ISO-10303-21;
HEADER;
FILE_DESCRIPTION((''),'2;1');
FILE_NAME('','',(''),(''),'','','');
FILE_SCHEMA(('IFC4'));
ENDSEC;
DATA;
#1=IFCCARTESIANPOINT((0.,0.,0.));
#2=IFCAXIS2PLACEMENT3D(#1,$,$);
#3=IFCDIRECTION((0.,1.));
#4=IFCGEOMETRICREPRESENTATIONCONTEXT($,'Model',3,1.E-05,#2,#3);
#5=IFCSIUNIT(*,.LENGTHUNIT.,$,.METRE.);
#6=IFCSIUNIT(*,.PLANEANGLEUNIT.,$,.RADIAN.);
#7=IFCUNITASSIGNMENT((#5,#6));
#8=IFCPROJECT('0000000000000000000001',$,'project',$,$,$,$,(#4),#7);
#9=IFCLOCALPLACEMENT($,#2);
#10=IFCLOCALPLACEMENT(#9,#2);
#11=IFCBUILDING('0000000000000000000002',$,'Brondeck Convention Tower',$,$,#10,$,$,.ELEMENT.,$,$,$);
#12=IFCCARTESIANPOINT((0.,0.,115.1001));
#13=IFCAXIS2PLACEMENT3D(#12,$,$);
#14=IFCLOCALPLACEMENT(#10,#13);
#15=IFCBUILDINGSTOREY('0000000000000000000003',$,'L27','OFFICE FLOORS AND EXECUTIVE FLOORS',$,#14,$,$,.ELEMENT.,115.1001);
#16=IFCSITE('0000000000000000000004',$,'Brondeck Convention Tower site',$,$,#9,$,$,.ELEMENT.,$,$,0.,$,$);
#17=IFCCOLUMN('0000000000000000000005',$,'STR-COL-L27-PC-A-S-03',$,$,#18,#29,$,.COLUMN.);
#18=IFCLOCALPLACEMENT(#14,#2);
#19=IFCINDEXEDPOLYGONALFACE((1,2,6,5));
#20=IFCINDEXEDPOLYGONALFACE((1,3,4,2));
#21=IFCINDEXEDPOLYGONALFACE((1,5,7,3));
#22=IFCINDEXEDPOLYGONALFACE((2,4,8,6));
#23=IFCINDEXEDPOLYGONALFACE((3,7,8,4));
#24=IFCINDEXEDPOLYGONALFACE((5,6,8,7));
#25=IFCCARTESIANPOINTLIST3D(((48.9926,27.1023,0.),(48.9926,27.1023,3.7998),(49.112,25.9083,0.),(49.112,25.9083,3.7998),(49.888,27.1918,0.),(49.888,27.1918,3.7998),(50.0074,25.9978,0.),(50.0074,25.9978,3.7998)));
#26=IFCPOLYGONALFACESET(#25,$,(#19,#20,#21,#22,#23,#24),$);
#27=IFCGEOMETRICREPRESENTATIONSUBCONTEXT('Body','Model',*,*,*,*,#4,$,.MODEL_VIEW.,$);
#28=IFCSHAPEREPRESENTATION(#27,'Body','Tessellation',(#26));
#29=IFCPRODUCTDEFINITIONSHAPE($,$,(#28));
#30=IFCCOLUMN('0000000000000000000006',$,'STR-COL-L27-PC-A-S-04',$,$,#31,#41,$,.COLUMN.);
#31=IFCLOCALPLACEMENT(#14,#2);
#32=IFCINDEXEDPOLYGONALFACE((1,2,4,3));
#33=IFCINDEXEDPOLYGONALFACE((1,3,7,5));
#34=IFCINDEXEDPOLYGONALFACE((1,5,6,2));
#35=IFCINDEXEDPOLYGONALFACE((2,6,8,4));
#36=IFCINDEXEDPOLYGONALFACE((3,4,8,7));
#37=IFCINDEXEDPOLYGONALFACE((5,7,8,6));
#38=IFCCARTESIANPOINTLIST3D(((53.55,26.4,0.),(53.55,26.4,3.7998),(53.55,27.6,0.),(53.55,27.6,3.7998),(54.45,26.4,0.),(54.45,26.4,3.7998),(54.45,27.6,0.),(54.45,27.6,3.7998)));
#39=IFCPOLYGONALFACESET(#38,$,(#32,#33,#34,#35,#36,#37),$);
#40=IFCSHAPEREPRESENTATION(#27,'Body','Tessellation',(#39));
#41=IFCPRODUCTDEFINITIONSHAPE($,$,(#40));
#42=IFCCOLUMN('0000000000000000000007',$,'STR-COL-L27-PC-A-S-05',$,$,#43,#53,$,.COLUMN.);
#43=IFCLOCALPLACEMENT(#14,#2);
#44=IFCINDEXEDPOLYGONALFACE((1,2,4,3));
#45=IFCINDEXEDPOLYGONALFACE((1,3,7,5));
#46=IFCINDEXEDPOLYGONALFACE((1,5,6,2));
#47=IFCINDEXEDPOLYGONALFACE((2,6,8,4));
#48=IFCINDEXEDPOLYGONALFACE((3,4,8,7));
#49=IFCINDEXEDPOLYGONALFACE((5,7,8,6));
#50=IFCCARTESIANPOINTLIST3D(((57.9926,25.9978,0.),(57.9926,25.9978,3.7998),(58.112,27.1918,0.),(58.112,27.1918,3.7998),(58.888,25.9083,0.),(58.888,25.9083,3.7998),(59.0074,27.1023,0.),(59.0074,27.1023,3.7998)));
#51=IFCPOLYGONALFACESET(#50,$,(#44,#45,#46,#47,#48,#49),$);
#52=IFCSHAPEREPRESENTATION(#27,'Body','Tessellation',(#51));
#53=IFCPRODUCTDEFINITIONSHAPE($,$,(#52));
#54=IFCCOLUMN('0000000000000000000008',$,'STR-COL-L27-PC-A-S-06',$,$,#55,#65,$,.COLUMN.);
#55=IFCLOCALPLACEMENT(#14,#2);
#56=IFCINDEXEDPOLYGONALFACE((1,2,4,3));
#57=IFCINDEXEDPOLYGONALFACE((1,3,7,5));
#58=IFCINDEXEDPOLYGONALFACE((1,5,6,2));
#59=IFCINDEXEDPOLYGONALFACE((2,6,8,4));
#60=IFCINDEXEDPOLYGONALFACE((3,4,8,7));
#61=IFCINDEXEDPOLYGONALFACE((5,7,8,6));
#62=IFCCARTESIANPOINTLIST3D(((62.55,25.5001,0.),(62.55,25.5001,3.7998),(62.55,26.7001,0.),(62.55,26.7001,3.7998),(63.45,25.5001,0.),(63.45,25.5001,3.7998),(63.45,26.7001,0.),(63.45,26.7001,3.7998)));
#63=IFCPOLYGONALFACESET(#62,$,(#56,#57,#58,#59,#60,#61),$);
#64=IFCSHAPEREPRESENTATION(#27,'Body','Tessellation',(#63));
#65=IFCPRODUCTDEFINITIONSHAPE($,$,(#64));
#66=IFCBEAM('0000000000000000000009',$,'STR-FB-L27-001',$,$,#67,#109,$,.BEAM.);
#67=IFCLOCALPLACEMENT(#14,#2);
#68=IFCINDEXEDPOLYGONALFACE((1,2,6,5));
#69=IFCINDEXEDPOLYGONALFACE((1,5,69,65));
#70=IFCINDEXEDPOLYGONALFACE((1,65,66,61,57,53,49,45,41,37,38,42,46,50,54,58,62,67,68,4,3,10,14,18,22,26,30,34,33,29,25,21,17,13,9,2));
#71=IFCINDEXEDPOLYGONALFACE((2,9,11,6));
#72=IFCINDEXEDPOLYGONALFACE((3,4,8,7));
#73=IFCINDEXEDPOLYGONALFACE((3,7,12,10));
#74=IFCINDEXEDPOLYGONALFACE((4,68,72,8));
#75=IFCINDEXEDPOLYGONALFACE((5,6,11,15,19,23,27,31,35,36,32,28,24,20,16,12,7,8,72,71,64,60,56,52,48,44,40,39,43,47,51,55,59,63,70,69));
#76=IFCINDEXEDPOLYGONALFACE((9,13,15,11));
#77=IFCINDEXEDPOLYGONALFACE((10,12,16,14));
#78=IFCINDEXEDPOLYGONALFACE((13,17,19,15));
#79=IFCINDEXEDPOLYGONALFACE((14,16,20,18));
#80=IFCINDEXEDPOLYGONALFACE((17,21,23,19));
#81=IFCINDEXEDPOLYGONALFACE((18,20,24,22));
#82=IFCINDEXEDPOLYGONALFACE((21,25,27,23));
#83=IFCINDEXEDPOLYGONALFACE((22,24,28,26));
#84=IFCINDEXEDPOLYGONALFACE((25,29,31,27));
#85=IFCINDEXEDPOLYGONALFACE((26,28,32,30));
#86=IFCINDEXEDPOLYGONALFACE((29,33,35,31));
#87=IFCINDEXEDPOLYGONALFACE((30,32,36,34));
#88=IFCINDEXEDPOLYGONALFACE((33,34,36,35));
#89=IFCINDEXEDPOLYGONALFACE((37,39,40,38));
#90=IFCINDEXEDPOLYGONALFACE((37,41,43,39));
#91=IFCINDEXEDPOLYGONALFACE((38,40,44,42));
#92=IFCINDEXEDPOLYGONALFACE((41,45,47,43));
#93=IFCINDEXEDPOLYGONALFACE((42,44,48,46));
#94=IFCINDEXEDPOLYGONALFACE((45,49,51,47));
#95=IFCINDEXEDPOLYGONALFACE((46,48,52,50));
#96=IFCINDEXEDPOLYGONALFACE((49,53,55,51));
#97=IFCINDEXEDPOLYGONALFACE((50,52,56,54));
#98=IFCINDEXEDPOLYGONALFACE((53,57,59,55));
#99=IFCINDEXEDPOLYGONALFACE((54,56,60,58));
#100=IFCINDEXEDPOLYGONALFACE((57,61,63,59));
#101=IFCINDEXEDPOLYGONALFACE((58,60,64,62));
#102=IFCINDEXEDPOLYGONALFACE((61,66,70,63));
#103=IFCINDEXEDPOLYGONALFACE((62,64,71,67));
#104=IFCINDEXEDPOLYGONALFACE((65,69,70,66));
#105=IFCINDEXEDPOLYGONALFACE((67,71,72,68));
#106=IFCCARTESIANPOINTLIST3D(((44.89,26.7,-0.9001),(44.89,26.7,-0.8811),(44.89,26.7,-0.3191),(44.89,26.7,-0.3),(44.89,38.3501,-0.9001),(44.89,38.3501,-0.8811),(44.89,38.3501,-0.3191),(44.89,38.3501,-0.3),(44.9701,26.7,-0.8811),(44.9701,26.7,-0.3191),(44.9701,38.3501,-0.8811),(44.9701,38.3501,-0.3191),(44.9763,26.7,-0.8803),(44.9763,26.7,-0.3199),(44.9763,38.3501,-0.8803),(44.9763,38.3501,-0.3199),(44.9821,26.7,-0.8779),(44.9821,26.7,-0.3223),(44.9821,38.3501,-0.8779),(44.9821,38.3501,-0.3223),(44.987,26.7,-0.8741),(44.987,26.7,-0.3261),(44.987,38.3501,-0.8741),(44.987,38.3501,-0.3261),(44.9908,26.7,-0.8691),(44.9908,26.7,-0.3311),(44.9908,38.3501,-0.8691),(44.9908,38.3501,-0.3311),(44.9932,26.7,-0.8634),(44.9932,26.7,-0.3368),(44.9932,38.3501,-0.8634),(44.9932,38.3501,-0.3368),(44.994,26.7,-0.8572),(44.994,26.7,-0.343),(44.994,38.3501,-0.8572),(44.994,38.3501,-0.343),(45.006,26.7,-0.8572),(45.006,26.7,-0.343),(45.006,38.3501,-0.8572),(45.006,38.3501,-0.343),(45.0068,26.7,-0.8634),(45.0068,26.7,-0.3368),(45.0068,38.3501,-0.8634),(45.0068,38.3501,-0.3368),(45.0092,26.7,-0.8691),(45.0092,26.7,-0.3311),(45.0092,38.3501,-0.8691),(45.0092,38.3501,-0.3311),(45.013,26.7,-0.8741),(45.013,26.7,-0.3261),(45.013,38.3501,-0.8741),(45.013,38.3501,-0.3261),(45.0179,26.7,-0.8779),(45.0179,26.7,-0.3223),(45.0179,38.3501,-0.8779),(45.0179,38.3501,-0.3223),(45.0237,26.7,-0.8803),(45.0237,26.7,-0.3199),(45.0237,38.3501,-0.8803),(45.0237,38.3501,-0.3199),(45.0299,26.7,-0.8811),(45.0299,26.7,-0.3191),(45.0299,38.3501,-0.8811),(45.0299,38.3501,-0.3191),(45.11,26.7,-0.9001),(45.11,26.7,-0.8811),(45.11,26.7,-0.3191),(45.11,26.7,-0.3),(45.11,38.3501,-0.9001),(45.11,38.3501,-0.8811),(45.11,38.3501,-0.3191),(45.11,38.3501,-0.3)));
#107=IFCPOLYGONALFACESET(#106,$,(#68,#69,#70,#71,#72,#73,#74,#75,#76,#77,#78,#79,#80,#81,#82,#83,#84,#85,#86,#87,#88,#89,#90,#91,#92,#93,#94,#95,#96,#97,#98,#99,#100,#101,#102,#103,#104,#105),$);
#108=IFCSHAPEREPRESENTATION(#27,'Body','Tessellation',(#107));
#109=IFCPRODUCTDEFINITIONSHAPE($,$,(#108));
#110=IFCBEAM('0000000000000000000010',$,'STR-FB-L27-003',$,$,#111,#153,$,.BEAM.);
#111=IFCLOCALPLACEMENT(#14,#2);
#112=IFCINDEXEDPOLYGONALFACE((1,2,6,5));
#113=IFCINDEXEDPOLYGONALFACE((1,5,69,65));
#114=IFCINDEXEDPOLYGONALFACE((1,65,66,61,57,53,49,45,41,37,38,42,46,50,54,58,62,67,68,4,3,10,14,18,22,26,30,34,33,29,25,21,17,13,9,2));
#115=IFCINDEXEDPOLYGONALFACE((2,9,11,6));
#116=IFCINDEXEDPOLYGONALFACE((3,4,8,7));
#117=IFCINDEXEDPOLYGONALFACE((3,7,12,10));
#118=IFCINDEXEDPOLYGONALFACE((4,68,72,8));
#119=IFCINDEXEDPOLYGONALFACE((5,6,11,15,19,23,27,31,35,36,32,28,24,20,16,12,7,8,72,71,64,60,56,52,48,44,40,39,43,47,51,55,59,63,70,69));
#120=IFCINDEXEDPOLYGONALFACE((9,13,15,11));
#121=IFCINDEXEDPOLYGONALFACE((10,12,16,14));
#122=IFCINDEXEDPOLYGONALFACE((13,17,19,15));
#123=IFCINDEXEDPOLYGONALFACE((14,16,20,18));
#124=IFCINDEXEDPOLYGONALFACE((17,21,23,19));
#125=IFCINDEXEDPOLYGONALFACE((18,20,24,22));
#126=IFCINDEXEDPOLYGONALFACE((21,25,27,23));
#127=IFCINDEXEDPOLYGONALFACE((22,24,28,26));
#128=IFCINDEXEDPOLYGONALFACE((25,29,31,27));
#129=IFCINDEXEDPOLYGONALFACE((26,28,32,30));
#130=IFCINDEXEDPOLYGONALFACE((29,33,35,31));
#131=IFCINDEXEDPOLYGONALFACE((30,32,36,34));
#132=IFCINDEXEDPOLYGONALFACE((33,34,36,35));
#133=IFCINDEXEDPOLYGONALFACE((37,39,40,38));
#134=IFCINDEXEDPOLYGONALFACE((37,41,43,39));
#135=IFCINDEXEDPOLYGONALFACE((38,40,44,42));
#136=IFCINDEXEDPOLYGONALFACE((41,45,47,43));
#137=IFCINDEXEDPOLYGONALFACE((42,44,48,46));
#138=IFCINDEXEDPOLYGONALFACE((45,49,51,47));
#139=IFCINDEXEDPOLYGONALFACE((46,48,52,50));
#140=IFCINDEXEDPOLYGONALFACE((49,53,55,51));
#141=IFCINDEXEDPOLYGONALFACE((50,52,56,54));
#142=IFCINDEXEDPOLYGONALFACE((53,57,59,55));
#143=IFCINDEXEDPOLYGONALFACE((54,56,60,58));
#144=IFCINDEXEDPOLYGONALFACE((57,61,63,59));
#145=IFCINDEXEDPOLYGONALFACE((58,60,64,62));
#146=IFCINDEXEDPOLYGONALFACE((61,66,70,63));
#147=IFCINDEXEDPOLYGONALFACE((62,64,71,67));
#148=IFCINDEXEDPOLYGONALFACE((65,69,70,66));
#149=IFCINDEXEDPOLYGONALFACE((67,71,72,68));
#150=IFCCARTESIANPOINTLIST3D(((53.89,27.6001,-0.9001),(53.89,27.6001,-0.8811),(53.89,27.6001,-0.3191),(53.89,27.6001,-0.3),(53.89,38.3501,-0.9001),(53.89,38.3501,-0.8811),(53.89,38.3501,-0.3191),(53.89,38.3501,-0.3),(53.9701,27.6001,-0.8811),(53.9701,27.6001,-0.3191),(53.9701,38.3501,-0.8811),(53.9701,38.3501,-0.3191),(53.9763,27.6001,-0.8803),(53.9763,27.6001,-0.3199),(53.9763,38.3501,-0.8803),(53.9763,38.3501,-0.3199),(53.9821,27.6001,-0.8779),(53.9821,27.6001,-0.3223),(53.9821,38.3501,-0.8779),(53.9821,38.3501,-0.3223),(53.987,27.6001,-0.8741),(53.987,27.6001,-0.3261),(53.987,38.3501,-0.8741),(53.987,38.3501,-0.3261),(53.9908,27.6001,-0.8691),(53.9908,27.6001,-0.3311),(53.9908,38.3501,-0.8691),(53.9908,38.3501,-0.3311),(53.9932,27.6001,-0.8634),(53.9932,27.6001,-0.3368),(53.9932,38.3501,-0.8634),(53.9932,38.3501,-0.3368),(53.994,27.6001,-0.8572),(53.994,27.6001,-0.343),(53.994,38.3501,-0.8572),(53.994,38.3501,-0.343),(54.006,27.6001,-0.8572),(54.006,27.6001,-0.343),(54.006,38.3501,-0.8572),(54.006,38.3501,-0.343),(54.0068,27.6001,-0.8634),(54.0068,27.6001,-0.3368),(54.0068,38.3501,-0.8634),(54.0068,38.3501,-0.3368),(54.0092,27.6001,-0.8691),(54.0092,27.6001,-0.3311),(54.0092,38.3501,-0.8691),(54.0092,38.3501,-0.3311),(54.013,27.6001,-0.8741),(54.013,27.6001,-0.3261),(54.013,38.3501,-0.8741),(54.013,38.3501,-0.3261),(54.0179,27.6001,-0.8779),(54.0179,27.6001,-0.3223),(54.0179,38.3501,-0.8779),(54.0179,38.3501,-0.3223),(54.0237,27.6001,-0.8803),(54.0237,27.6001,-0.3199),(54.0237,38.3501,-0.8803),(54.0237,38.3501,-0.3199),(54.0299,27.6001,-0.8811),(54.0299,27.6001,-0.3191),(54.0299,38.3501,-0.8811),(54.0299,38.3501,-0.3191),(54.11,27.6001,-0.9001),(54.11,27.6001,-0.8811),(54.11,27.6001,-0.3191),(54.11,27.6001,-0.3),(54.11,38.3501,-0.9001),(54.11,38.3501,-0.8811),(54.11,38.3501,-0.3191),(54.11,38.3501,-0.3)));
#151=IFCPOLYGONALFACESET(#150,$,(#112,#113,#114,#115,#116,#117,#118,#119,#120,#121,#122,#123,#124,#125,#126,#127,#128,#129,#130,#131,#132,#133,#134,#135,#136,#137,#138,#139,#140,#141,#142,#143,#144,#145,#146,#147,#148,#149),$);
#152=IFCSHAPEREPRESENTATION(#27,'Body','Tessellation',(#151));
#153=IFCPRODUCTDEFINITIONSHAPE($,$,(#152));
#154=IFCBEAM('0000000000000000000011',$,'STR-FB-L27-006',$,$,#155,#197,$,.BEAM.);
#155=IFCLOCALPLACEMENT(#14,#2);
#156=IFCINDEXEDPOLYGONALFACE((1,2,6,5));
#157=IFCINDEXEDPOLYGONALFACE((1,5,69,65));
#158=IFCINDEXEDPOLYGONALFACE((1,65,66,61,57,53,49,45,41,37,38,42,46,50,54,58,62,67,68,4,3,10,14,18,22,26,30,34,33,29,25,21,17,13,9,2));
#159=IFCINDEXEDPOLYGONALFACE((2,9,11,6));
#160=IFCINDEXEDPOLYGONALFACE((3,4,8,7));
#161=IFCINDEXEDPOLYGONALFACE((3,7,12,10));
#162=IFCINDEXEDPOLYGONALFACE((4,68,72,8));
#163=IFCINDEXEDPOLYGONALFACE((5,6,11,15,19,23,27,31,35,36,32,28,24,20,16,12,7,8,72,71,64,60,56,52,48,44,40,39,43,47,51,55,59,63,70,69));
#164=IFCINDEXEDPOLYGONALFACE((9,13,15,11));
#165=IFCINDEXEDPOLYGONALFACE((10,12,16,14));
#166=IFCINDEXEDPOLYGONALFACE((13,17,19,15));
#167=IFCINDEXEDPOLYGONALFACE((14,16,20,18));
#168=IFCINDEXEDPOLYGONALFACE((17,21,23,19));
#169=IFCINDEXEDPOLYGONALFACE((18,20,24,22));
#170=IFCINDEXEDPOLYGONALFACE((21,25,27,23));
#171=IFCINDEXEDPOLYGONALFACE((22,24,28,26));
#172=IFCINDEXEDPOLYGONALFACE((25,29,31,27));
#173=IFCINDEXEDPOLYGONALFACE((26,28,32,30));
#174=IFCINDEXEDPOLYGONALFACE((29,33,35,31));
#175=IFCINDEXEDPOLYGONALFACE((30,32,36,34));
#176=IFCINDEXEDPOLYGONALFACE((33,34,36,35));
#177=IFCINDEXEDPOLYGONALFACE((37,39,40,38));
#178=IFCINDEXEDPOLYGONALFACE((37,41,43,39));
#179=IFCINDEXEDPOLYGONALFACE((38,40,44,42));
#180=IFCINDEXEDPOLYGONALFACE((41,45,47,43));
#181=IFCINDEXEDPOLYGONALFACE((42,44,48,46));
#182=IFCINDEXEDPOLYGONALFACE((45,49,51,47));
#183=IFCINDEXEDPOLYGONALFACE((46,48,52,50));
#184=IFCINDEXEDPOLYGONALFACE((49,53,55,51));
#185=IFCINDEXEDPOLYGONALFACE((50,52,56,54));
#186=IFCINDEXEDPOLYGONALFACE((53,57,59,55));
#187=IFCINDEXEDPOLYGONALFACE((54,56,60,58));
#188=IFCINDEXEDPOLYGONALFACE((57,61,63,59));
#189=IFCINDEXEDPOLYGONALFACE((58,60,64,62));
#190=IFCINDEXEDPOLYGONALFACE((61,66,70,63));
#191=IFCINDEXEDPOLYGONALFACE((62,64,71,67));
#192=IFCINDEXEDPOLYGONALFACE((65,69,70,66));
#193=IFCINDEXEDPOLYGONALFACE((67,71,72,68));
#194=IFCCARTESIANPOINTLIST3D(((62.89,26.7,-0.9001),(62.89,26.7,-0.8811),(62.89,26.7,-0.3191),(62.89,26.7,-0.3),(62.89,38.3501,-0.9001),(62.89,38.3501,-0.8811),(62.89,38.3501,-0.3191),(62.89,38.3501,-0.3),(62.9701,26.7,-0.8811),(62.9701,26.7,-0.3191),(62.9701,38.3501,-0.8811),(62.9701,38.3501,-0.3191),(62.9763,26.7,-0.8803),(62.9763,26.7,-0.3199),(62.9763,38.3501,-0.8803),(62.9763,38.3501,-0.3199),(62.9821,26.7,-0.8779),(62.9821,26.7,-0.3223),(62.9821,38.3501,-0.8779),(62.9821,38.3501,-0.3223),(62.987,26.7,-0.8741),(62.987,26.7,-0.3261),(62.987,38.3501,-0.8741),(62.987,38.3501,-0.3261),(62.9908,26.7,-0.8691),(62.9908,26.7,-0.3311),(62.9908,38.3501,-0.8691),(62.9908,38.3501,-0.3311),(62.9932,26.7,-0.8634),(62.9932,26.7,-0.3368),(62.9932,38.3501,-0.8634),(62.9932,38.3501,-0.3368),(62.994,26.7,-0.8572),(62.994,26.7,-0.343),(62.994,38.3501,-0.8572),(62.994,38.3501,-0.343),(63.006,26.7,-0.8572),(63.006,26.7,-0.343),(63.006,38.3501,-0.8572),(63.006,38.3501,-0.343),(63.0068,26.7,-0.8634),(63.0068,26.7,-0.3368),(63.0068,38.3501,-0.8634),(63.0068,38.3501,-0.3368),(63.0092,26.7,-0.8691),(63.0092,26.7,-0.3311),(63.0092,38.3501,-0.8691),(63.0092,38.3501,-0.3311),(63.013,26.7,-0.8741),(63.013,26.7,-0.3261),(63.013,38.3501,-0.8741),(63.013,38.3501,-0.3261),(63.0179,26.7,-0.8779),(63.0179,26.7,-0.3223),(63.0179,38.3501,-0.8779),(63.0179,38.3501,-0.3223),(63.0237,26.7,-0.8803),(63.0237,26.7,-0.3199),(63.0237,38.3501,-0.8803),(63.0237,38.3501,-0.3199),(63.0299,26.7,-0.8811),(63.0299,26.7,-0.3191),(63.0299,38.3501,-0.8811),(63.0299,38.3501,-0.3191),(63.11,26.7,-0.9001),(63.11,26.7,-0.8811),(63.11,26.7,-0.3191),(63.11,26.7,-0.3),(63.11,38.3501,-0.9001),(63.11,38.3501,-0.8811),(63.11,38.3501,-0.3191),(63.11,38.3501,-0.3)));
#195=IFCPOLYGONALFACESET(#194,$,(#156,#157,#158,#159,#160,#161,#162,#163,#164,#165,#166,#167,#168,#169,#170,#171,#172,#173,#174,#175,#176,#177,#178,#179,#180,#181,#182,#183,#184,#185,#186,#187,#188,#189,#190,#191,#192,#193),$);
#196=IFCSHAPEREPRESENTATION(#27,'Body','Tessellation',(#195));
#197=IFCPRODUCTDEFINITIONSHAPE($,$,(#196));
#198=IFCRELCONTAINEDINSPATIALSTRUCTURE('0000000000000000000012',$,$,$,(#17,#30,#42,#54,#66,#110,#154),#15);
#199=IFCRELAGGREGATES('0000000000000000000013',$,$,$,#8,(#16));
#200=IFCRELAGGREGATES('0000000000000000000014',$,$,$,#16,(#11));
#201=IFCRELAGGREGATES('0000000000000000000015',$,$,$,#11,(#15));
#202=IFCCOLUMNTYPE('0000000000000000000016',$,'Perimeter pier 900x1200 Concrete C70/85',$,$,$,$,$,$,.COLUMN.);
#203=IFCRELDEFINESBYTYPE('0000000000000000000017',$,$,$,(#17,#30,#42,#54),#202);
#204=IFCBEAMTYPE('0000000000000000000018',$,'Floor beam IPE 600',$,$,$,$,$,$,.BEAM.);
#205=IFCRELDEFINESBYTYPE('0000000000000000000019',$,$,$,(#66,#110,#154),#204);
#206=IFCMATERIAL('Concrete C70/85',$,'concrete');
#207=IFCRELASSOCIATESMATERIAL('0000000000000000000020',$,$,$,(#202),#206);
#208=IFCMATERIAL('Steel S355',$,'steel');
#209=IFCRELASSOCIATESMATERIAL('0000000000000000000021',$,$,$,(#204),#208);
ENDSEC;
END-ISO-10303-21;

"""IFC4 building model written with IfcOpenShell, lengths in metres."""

from ifc_helpers import new_model, si_unit, direction, frame, origin, origin_2d, place, context, subcontext, project, spatial, rectangle, i_section, extrude, material, material_profile, profile_set, type_object, element, save


model = new_model("IFC4")

# Units and contexts
model_context = context("Model", 3, precision=1e-05, world=origin(), true_north=direction((0.0, 1.0)))
body_context = subcontext(model_context, "Body", "Model", "MODEL_VIEW")
ifc_project = project(units=[si_unit("LENGTHUNIT", "METRE"), si_unit("PLANEANGLEUNIT", "RADIAN")], contexts=[model_context])

# Site, building, storey
site_placement = place(None, origin())
site = spatial("IfcSite", under=ifc_project, at=site_placement, Name="Brondeck Convention Tower site", CompositionType="ELEMENT", RefElevation=0.0)
building_placement = place(site_placement, origin())
building = spatial("IfcBuilding", under=site, at=building_placement, Name="Brondeck Convention Tower", CompositionType="ELEMENT")
storey_placement = place(building_placement, frame((0.0, 0.0, 115.1001)))
storey = spatial("IfcBuildingStorey", under=building, at=storey_placement, Name="L27", Description="OFFICE FLOORS AND EXECUTIVE FLOORS", CompositionType="ELEMENT", Elevation=115.1001)

# Columns
ifc_material_1 = material(Name="Concrete C70/85", Category="concrete")
ifc_material_profile_1 = material_profile(ifc_material_1, rectangle(XDim=0.8999, YDim=1.2, at=origin_2d()), Name="Perimeter pier 900x1200 Concrete C70/85")
ifc_profile_set_1 = profile_set([ifc_material_profile_1], Name="Concrete C70/85")
column_type = type_object("IfcColumnType", Name="Perimeter pier 900x1200 Concrete C70/85", PredefinedType="COLUMN", material=ifc_profile_set_1)
for number, where, z_axis, x_axis, name in (
    (1, (49.5, 26.55, 0.0), (0.0, 0.0, 1.0), (0.995037, 0.099504, 0.0), "STR-COL-L27-PC-A-S-03"),
    (2, (54.0, 27.0, 0.0), (0.0, 0.0, 1.0), (1.0, 0.0, 0.0), "STR-COL-L27-PC-A-S-04"),
    (3, (58.5, 26.55, 0.0), (0.0, 0.0, 1.0), (0.995037, -0.099504, 0.0), "STR-COL-L27-PC-A-S-05"),
    (4, (63.0, 26.1001, 0.0), (0.0, 0.0, 1.0), (1.0, 0.0, 0.0), "STR-COL-L27-PC-A-S-06"),
):
    element("IfcColumn", number, at=place(storey_placement, frame(where, z_axis=z_axis, x_axis=x_axis)), inside=storey, type_object=column_type, Name=name, PredefinedType="COLUMN", context=body_context, shape_type="SweptSolid", body=[
        extrude(rectangle(XDim=0.8999, YDim=1.2, at=origin_2d()), origin(), (0.0, 0.0, 1.0), 3.7998),
    ])

# Beams
ifc_material_2 = material(Name="Steel S355", Category="steel")
ifc_material_profile_2 = material_profile(ifc_material_2, i_section(OverallWidth=0.22, OverallDepth=0.6001, WebThickness=0.012, FlangeThickness=0.019, FilletRadius=0.0239, at=origin_2d()), Name="IPE 600")
ifc_profile_set_2 = profile_set([ifc_material_profile_2], Name="Steel S355")
beam_type_1 = type_object("IfcBeamType", Name="Floor beam IPE 600", PredefinedType="BEAM", material=ifc_profile_set_2)
beam_1_placement = place(storey_placement, frame((45.0, 26.7, -0.6001), z_axis=(0.0, 1.0, 0.0), x_axis=(-1.0, 0.0, 0.0)))
element("IfcBeam", 5, at=beam_1_placement, inside=storey, type_object=beam_type_1, Name="STR-FB-L27-001", PredefinedType="BEAM", context=body_context, shape_type="SweptSolid", body=[
    extrude(i_section(OverallWidth=0.22, OverallDepth=0.6001, WebThickness=0.012, FlangeThickness=0.019, FilletRadius=0.0239, at=origin_2d()), origin(), (0.0, 0.0, 1.0), 11.6501),
])
beam_2_placement = place(storey_placement, frame((54.0, 27.6001, -0.6001), z_axis=(0.0, 1.0, 0.0), x_axis=(-1.0, 0.0, 0.0)))
element("IfcBeam", 6, at=beam_2_placement, inside=storey, type_object=beam_type_1, Name="STR-FB-L27-003", PredefinedType="BEAM", context=body_context, shape_type="SweptSolid", body=[
    extrude(i_section(OverallWidth=0.22, OverallDepth=0.6001, WebThickness=0.012, FlangeThickness=0.019, FilletRadius=0.0239, at=origin_2d()), origin(), (0.0, 0.0, 1.0), 10.75),
])
beam_3_placement = place(storey_placement, frame((63.0, 26.7, -0.6001), z_axis=(0.0, 1.0, 0.0), x_axis=(-1.0, 0.0, 0.0)))
element("IfcBeam", 7, at=beam_3_placement, inside=storey, type_object=beam_type_1, Name="STR-FB-L27-006", PredefinedType="BEAM", context=body_context, shape_type="SweptSolid", body=[
    extrude(i_section(OverallWidth=0.22, OverallDepth=0.6001, WebThickness=0.012, FlangeThickness=0.019, FilletRadius=0.0239, at=origin_2d()), origin(), (0.0, 0.0, 1.0), 11.6501),
])

save(model, "model.ifc")
